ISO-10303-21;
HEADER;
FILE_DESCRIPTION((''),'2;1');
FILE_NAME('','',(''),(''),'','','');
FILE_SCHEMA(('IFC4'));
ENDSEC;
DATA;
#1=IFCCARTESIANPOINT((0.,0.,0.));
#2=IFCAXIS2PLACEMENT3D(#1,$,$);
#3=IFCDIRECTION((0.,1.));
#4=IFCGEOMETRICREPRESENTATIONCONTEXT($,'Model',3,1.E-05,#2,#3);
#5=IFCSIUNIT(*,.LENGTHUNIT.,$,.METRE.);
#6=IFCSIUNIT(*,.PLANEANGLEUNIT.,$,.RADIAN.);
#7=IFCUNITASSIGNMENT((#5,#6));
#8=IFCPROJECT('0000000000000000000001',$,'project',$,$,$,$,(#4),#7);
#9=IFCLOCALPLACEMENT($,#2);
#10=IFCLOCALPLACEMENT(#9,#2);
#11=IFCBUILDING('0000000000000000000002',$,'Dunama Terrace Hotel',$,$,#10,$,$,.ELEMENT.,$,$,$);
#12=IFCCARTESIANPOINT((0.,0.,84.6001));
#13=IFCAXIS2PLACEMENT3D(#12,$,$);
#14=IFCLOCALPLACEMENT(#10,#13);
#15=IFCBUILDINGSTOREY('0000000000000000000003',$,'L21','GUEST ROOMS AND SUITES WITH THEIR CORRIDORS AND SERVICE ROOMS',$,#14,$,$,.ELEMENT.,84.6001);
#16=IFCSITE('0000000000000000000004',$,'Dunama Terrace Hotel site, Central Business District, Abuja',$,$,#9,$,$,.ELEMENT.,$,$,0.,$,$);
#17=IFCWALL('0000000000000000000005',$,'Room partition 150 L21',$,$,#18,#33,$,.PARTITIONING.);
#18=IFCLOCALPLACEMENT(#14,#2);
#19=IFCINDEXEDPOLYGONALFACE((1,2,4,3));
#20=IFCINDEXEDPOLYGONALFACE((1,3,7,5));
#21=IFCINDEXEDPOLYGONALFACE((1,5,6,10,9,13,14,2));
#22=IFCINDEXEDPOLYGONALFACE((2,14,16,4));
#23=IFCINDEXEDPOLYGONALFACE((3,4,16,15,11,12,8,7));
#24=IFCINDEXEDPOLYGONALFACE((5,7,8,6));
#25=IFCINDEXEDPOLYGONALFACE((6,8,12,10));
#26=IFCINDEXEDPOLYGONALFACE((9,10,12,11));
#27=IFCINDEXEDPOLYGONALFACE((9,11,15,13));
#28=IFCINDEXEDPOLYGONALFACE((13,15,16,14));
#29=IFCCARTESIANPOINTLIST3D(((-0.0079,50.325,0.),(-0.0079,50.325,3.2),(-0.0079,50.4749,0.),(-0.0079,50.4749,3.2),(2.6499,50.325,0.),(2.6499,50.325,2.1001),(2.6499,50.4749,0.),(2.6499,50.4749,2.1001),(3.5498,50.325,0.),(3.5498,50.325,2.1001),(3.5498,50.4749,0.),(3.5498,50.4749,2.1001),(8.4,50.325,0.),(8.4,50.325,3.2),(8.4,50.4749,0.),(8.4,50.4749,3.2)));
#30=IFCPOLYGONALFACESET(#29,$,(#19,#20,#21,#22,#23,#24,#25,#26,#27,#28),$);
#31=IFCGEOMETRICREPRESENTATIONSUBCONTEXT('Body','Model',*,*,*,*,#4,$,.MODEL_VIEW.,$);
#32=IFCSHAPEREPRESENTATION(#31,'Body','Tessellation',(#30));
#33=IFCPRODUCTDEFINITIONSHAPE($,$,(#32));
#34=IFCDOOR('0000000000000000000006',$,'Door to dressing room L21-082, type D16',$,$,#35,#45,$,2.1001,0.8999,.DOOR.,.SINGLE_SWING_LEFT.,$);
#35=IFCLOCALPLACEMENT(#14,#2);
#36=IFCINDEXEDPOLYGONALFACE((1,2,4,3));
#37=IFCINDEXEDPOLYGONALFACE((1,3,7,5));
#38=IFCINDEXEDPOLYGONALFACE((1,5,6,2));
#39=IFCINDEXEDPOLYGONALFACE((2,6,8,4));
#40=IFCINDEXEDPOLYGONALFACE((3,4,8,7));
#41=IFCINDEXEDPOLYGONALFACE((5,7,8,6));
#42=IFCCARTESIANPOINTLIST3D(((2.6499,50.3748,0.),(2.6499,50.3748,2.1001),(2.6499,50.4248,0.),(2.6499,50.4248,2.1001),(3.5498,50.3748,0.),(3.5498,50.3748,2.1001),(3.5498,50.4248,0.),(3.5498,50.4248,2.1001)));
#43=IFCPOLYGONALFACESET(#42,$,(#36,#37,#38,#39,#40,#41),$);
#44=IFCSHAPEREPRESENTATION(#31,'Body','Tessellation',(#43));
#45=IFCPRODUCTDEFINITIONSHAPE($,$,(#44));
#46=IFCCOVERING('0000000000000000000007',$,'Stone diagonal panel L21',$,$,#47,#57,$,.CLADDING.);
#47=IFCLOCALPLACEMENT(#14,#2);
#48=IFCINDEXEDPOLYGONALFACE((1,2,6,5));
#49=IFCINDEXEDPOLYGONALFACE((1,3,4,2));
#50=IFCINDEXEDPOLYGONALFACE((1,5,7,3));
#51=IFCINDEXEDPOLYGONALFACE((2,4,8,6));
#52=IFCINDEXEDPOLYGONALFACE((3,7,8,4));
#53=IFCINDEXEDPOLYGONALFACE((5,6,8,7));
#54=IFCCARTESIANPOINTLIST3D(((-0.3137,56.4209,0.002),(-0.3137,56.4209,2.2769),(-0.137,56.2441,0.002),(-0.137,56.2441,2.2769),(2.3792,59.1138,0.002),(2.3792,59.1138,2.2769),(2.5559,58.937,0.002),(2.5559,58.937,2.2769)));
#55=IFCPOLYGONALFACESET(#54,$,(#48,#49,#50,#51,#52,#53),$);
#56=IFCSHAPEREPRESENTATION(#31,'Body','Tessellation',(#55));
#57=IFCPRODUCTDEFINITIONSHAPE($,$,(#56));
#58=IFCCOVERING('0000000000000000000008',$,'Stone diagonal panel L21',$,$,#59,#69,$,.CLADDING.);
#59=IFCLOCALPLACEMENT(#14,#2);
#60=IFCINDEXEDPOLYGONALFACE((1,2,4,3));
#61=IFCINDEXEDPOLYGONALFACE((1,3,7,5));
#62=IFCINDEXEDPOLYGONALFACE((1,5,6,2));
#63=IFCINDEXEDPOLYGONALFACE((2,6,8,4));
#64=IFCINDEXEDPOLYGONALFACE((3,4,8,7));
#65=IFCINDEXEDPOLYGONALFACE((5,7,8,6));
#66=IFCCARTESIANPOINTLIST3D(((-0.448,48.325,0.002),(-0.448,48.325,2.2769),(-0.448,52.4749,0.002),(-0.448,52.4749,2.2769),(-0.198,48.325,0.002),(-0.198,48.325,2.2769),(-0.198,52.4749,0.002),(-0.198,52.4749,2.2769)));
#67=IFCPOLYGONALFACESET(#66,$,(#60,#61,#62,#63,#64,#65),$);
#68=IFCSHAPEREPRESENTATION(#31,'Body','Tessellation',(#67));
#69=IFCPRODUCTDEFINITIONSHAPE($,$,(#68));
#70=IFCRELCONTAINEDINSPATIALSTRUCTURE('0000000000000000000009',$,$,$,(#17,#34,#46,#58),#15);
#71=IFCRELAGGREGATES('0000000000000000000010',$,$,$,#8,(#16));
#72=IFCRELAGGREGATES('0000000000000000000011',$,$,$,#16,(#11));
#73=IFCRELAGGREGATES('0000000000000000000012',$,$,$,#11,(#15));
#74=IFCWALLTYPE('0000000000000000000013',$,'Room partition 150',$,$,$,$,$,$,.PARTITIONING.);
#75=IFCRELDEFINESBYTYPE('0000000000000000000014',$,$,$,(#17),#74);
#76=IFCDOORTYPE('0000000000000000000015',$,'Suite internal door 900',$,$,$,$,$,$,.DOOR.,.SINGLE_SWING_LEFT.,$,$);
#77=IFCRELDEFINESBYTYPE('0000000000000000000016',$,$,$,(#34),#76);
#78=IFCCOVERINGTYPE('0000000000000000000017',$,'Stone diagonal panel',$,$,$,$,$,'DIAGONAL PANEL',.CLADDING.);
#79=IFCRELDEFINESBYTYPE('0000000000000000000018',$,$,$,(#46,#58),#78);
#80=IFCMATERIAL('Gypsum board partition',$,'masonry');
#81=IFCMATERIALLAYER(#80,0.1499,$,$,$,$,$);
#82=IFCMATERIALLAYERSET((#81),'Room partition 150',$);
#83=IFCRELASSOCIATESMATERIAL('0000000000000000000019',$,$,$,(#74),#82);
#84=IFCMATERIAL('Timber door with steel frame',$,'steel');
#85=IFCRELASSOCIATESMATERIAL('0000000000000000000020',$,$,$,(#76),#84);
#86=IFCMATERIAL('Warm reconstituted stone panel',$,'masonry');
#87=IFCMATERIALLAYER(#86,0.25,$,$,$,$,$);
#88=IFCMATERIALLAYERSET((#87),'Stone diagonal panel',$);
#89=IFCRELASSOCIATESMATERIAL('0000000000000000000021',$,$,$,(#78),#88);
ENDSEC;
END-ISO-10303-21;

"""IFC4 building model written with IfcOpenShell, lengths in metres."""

from ifc_helpers import new_model, si_unit, direction, frame, frame_2d, origin, origin_2d, place, context, subcontext, project, spatial, rectangle, extrude, material, layer, layer_set, type_object, element, fill, save


model = new_model("IFC4")

# Units and contexts
model_context = context("Model", 3, precision=1e-05, world=origin(), true_north=direction((0.0, 1.0)))
body_context = subcontext(model_context, "Body", "Model", "MODEL_VIEW")
ifc_project = project(units=[si_unit("LENGTHUNIT", "METRE"), si_unit("PLANEANGLEUNIT", "RADIAN")], contexts=[model_context])

# Site, building, storey
site_placement = place(None, origin())
site = spatial("IfcSite", under=ifc_project, at=site_placement, Name="Dunama Terrace Hotel site, Central Business District, Abuja", CompositionType="ELEMENT", RefElevation=0.0)
building_placement = place(site_placement, origin())
building = spatial("IfcBuilding", under=site, at=building_placement, Name="Dunama Terrace Hotel", CompositionType="ELEMENT")
storey_placement = place(building_placement, frame((0.0, 0.0, 84.6001)))
storey = spatial("IfcBuildingStorey", under=building, at=storey_placement, Name="L21", Description="GUEST ROOMS AND SUITES WITH THEIR CORRIDORS AND SERVICE ROOMS", CompositionType="ELEMENT", Elevation=84.6001)

# Shared definitions
ifc_material_1 = material(Name="Gypsum board partition", Category="masonry")
ifc_layer_1 = layer(ifc_material_1, 0.1499)
ifc_layer_set_1 = layer_set([ifc_layer_1], Name="Room partition 150")
wall_type_1 = type_object("IfcWallType", Name="Room partition 150", PredefinedType="PARTITIONING", material=ifc_layer_set_1)

# Wall, opening, door
wall_1_placement = place(storey_placement, frame((-0.0081, 50.3999, 0.0), z_axis=(0.0, 0.0, 1.0), x_axis=(1.0, 0.0, 0.0)))
wall_1 = element("IfcWall", 1, at=wall_1_placement, inside=storey, type_object=wall_type_1, Name="Room partition 150 L21", PredefinedType="PARTITIONING", context=body_context, shape_type="SweptSolid", body=[
    extrude(rectangle(XDim=8.408, YDim=0.1499, at=frame_2d((4.2041, 0.0))), origin(), (0.0, 0.0, 1.0), 3.2),
])
opening_1_placement = place(wall_1_placement, frame((2.658, 0.0, 0.0)))
opening_1 = element("IfcOpeningElement", 2, at=opening_1_placement, cuts=wall_1, PredefinedType="OPENING", context=body_context, shape_type="SweptSolid", body=[
    extrude(rectangle(XDim=0.8999, YDim=2.1001, at=frame_2d((0.45, 1.05))), frame((0.0, 0.085, 0.0), z_axis=(0.0, -1.0, 0.0), x_axis=(1.0, 0.0, 0.0)), (0.0, 0.0, 1.0), 0.1699),
])
ifc_material_2 = material(Name="Timber door with steel frame", Category="steel")
door_type_1 = type_object("IfcDoorType", Name="Suite internal door 900", OperationType="SINGLE_SWING_LEFT", PredefinedType="DOOR", material=ifc_material_2)
door_1_placement = place(opening_1_placement, frame((0.8999, 0.0, 0.0), z_axis=(0.0, 0.0, 1.0), x_axis=(-1.0, 0.0, 0.0)))
door_1 = element("IfcDoor", 3, at=door_1_placement, inside=storey, type_object=door_type_1, Name="Door to dressing room L21-082, type D16", OperationType="SINGLE_SWING_LEFT", OverallHeight=2.1001, OverallWidth=0.8999, PredefinedType="DOOR", context=body_context, shape_type="SweptSolid", body=[
    extrude(rectangle(XDim=0.8999, YDim=2.1001, at=frame_2d((0.45, 1.05))), frame((0.0, 0.0251, 0.0), z_axis=(0.0, -1.0, 0.0), x_axis=(1.0, 0.0, 0.0)), (0.0, 0.0, 1.0), 0.05),
])
fill(opening_1, door_1)

# Coverings
ifc_material_3 = material(Name="Warm reconstituted stone panel", Category="masonry")
ifc_layer_2 = layer(ifc_material_3, 0.25)
ifc_layer_set_2 = layer_set([ifc_layer_2], Name="Stone diagonal panel")
covering_type = type_object("IfcCoveringType", Name="Stone diagonal panel", ElementType="DIAGONAL PANEL", PredefinedType="CLADDING", material=ifc_layer_set_2)
covering_1_placement = place(storey_placement, frame((1.1211, 57.679, 0.002), z_axis=(0.0, 0.0, 1.0), x_axis=(-0.707107, -0.707107, 0.0)))
element("IfcCovering", 4, at=covering_1_placement, inside=storey, type_object=covering_type, Name="Stone diagonal panel L21", PredefinedType="CLADDING", context=body_context, shape_type="SweptSolid", body=[
    extrude(rectangle(XDim=3.8083, YDim=0.25, at=origin_2d()), origin(), (0.0, 0.0, 1.0), 2.2749),
])
covering_2_placement = place(storey_placement, frame((-0.323, 50.3999, 0.002), z_axis=(0.0, 0.0, 1.0), x_axis=(0.0, -1.0, 0.0)))
element("IfcCovering", 5, at=covering_2_placement, inside=storey, type_object=covering_type, Name="Stone diagonal panel L21", PredefinedType="CLADDING", context=body_context, shape_type="SweptSolid", body=[
    extrude(rectangle(XDim=4.1499, YDim=0.25, at=origin_2d()), origin(), (0.0, 0.0, 1.0), 2.2749),
])

save(model, "model.ifc")
